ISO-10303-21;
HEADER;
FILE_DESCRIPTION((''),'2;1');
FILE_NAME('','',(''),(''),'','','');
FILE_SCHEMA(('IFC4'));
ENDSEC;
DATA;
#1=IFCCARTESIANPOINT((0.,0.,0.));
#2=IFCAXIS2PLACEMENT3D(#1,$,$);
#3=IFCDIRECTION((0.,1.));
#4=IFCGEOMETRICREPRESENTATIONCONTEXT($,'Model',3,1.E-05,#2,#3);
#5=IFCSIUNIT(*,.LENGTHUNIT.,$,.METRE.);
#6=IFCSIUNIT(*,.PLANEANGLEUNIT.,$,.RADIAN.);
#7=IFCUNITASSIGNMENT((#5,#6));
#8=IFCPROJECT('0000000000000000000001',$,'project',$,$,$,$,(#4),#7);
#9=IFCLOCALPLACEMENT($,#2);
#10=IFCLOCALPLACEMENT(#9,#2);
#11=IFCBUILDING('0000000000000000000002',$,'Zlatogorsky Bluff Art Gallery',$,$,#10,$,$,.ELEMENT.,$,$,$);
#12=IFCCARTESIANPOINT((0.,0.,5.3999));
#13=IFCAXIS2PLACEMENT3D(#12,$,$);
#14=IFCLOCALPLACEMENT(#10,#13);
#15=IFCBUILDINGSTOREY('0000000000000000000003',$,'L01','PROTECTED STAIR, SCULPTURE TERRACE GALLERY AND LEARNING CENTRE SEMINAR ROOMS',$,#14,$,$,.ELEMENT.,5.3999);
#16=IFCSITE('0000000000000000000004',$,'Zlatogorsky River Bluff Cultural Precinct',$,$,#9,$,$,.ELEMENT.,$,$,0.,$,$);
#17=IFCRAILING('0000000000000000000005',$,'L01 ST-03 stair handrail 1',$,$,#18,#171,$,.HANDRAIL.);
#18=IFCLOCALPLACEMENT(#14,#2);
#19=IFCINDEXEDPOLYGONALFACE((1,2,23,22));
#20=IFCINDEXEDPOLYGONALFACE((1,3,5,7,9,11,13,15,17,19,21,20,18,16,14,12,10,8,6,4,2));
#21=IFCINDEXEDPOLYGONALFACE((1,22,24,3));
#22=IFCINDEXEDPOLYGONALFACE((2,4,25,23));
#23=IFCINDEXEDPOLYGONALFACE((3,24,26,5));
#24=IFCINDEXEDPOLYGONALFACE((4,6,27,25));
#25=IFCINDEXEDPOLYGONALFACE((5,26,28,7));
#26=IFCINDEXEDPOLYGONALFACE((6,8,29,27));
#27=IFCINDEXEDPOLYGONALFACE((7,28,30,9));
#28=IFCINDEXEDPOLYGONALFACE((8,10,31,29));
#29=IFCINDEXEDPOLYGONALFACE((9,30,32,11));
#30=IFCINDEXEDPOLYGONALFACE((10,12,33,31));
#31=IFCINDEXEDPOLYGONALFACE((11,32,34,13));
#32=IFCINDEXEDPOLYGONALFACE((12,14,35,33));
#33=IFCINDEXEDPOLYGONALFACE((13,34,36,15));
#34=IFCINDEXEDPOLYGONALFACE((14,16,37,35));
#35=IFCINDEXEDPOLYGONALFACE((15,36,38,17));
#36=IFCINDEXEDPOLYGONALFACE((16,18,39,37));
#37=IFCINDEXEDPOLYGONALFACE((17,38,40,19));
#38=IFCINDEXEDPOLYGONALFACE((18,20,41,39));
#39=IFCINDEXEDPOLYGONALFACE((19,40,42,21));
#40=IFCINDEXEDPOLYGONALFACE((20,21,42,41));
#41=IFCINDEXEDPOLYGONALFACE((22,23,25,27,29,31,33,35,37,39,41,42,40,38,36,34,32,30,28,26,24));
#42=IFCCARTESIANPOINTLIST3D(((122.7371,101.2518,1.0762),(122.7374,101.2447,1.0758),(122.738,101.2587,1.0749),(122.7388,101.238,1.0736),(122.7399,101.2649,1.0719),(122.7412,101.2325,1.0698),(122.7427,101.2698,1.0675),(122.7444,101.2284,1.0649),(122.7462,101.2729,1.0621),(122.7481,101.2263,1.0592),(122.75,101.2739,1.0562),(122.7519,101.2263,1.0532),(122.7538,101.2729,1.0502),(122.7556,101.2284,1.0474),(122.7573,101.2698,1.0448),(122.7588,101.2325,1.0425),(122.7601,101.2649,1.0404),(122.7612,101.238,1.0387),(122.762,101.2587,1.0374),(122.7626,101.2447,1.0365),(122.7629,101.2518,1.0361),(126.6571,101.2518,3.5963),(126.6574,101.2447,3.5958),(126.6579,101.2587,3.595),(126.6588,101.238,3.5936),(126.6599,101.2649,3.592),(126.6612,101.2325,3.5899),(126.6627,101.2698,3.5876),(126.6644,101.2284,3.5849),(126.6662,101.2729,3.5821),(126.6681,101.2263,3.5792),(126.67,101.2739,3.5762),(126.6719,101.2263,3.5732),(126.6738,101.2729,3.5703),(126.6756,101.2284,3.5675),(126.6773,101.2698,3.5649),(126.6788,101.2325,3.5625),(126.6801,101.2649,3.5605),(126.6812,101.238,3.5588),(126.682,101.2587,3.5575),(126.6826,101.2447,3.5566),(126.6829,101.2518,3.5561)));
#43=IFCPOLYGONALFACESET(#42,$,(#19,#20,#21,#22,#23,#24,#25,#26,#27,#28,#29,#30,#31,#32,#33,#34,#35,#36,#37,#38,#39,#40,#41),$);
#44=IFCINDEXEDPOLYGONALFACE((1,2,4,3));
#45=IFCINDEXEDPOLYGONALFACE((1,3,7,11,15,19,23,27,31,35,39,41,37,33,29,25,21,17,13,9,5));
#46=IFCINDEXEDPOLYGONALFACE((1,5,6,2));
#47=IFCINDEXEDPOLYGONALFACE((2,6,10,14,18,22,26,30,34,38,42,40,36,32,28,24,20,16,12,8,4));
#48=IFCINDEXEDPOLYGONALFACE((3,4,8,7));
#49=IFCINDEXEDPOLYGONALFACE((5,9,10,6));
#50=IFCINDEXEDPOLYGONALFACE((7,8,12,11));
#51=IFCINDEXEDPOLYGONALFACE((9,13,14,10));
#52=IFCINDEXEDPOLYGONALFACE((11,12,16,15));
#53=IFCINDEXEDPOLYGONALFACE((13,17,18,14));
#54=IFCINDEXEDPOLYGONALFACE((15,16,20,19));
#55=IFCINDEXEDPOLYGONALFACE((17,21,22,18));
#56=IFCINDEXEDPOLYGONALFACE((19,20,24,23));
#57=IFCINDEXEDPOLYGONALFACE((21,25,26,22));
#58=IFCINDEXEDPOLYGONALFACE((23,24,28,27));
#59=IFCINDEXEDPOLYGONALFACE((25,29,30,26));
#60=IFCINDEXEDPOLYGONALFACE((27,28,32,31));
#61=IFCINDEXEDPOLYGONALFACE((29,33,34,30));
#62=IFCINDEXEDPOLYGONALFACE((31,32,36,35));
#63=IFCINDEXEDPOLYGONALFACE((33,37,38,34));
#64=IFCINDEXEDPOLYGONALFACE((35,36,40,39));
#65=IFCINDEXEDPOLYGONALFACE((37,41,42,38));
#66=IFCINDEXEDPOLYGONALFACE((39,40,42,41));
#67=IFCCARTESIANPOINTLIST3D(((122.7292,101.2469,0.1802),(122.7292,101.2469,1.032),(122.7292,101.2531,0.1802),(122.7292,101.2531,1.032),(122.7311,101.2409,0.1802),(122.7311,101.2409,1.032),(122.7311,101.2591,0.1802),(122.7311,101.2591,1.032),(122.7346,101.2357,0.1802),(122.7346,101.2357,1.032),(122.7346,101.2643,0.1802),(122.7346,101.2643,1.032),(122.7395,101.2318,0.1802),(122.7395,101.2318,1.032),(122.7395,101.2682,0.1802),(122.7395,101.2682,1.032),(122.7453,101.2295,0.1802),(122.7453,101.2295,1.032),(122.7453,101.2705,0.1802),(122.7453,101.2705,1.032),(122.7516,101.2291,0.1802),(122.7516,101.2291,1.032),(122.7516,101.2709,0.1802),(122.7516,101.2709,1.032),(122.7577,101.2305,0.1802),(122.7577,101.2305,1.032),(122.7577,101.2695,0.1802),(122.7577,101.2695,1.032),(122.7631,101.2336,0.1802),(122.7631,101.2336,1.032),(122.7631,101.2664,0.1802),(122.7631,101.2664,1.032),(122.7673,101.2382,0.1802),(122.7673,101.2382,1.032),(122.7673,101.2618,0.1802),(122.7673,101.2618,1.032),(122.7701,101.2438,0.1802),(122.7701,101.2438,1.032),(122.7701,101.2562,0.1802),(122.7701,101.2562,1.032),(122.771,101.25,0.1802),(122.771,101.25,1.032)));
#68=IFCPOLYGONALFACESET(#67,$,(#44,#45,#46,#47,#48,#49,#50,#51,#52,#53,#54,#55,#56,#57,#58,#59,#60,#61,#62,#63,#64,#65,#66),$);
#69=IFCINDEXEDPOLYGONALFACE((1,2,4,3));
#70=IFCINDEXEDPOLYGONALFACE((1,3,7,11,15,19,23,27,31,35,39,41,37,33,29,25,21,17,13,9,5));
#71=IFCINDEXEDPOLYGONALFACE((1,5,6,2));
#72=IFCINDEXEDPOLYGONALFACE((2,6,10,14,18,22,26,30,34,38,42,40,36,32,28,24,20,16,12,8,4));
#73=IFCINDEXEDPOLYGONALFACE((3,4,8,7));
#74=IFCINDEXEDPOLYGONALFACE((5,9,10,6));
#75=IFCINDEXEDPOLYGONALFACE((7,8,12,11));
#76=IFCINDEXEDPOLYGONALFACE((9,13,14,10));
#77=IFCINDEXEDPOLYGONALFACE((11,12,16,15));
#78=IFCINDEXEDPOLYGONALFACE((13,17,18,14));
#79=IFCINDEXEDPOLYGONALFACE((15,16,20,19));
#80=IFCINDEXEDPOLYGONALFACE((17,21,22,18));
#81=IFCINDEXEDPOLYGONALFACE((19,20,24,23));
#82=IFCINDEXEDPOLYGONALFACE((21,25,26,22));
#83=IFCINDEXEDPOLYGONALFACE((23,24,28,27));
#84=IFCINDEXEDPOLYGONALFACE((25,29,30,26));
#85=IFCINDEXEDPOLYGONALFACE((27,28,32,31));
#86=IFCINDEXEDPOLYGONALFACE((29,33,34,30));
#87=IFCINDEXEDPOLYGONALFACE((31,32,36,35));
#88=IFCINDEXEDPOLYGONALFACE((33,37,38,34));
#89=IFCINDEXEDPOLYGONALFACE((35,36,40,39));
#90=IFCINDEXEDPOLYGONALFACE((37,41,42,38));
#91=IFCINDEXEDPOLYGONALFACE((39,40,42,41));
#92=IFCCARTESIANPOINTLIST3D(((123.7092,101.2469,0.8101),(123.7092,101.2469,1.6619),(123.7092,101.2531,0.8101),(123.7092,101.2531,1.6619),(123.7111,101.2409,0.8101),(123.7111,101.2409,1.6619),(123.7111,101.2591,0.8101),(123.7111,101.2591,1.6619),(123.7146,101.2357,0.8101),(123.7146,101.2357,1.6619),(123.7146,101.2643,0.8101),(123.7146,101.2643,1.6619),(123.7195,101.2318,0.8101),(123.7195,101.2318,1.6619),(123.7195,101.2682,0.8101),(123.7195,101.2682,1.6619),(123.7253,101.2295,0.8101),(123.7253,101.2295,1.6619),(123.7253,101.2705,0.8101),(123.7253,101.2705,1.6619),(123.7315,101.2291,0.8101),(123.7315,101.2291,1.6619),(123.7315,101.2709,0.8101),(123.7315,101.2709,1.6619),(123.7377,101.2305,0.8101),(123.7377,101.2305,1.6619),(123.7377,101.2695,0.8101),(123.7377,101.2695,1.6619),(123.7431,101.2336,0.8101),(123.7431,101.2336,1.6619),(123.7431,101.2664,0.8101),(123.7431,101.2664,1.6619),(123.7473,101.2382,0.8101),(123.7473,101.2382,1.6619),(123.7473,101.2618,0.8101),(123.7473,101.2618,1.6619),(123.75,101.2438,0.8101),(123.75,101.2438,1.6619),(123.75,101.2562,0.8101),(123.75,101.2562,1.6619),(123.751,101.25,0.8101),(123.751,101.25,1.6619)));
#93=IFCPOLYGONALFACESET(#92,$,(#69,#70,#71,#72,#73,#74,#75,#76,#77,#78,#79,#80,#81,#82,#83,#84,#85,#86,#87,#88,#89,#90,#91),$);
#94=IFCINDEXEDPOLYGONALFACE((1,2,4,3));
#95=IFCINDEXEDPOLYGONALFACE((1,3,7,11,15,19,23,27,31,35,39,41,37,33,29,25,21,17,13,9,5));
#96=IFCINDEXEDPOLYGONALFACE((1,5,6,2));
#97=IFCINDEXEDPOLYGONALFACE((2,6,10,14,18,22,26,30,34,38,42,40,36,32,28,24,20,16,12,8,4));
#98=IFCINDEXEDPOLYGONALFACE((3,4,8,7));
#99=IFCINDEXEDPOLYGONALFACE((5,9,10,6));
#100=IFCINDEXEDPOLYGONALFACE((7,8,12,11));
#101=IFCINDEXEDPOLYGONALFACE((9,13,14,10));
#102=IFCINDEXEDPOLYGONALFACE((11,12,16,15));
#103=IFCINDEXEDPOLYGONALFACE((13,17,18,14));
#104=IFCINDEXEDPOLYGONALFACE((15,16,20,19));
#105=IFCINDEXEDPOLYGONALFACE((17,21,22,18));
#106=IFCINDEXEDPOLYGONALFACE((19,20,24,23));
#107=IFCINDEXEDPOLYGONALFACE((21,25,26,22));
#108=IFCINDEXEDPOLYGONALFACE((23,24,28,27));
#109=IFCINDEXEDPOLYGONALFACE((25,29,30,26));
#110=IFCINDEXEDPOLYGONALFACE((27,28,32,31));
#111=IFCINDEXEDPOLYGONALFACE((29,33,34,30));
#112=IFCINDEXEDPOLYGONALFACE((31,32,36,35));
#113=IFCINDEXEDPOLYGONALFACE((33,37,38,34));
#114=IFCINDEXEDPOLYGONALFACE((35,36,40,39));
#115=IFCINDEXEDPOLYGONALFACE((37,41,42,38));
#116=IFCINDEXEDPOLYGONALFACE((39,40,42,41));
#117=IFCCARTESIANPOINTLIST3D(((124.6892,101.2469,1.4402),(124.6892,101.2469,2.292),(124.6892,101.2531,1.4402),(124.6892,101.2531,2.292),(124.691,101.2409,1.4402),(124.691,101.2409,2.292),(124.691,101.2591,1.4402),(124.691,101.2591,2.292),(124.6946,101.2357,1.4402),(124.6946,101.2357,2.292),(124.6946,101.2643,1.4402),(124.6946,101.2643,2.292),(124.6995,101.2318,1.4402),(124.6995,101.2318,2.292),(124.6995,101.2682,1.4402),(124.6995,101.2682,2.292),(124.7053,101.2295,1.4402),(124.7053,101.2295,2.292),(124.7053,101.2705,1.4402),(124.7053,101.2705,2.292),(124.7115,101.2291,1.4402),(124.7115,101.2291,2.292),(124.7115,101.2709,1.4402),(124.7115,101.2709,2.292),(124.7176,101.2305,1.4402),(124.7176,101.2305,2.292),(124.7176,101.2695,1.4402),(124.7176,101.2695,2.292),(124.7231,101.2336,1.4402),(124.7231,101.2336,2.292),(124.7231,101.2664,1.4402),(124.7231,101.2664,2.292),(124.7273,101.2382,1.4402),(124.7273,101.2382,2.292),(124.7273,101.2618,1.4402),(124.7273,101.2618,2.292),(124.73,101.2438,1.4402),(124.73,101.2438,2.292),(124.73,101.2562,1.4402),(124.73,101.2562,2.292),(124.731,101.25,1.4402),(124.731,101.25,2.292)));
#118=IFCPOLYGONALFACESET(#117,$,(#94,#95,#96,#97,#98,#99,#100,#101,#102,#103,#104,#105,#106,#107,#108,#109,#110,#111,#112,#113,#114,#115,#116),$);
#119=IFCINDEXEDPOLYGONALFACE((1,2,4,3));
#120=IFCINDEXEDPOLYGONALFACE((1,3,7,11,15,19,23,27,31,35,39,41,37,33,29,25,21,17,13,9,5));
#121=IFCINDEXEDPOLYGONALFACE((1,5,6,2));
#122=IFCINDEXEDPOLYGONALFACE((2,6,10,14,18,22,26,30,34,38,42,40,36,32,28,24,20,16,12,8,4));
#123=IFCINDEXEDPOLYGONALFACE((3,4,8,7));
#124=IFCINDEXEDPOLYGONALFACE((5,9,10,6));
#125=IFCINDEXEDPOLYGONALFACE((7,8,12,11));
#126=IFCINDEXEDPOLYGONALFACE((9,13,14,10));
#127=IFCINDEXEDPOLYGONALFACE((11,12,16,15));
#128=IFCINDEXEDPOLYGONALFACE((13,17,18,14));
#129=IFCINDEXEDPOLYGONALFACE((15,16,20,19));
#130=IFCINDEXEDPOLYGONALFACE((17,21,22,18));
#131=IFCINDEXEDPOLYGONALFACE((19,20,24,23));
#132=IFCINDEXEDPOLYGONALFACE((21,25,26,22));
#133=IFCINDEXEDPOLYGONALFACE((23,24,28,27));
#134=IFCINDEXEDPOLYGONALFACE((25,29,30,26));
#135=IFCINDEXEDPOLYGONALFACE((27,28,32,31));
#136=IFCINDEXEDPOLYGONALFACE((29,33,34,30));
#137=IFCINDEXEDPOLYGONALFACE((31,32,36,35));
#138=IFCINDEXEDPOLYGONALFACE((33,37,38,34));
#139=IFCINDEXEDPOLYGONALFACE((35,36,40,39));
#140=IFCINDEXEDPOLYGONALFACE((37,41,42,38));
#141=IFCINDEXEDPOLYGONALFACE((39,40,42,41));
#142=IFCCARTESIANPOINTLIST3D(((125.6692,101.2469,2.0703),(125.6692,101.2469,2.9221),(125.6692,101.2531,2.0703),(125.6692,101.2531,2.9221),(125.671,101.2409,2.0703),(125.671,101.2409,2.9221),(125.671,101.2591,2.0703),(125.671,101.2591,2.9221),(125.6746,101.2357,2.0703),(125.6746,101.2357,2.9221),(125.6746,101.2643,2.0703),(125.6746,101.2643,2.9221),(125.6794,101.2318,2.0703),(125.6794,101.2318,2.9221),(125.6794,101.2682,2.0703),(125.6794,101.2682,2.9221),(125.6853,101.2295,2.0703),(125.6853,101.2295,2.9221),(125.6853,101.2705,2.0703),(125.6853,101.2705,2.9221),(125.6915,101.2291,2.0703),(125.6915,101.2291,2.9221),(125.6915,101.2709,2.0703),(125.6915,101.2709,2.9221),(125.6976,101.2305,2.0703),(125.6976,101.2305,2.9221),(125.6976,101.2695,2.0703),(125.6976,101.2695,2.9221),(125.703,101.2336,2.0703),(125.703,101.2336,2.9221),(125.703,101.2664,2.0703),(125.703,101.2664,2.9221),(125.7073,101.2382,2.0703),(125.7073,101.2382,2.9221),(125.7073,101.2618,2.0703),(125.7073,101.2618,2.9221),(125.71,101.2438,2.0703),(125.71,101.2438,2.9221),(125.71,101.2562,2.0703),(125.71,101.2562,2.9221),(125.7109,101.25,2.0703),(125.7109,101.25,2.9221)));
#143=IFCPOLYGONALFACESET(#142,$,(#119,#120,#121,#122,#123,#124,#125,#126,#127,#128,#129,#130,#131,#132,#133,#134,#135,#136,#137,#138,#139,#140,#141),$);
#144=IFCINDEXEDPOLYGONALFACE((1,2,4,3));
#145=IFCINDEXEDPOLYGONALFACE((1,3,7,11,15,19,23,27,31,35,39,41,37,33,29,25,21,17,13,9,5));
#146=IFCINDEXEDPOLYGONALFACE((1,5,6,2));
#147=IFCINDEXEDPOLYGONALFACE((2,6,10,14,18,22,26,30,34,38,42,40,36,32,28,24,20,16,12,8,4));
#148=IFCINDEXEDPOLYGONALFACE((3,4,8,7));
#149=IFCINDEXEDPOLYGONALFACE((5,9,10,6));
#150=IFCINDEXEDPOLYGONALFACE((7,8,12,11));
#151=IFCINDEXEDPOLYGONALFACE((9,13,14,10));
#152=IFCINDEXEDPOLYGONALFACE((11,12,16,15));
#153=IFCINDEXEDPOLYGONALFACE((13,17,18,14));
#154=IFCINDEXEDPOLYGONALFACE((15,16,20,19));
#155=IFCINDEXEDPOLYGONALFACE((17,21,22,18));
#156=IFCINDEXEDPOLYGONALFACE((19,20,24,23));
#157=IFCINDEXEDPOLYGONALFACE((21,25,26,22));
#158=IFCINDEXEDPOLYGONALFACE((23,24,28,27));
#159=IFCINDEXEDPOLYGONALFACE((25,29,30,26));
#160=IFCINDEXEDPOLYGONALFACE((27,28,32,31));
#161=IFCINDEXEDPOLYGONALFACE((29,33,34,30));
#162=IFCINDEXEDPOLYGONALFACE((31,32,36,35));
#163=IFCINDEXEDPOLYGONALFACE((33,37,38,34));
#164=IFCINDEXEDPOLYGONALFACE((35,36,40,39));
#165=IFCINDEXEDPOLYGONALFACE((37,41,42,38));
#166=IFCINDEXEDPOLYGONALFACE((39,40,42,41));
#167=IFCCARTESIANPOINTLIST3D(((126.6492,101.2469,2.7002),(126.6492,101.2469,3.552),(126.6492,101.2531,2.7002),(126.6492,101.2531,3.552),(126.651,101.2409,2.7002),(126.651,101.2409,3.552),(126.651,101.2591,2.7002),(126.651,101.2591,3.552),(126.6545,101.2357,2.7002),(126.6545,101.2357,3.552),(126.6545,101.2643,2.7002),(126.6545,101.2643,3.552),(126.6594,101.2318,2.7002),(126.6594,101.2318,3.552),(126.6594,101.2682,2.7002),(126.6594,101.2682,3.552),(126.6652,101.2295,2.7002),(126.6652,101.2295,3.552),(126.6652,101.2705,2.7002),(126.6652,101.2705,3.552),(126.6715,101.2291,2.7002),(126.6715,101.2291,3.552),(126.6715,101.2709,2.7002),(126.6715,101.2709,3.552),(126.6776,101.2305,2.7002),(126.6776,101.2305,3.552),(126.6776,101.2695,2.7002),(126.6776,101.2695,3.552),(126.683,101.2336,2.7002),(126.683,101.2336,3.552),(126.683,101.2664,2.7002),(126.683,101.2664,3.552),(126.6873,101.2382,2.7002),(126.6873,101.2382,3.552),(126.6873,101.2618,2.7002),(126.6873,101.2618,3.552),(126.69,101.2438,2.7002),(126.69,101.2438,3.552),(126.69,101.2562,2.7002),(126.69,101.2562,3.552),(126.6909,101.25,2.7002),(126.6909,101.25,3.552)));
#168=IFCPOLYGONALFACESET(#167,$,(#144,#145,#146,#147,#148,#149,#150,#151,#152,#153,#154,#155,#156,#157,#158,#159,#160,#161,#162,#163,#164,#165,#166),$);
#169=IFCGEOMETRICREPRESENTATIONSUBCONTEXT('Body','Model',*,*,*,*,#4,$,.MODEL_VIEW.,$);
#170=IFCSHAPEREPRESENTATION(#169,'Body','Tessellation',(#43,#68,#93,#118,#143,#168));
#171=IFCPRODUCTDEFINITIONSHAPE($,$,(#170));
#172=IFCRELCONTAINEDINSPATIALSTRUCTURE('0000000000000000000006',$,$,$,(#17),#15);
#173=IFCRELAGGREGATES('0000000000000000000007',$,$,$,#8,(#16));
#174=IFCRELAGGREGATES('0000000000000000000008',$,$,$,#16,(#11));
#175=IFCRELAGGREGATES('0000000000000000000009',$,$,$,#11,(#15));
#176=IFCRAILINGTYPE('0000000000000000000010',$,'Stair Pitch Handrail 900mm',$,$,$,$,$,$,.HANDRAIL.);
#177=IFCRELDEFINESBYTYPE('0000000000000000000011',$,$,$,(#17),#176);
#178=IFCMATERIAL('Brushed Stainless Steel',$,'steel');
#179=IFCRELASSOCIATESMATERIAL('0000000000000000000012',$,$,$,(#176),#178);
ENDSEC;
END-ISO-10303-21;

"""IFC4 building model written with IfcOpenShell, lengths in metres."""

from ifc_helpers import new_model, si_unit, direction, frame, origin, origin_2d, place, context, subcontext, project, spatial, circle, extrude, material, type_object, element, save


model = new_model("IFC4")

# Units and contexts
model_context = context("Model", 3, precision=1e-05, world=origin(), true_north=direction((0.0, 1.0)))
body_context = subcontext(model_context, "Body", "Model", "MODEL_VIEW")
ifc_project = project(units=[si_unit("LENGTHUNIT", "METRE"), si_unit("PLANEANGLEUNIT", "RADIAN")], contexts=[model_context])

# Site, building, storey
site_placement = place(None, origin())
site = spatial("IfcSite", under=ifc_project, at=site_placement, Name="Zlatogorsky River Bluff Cultural Precinct", CompositionType="ELEMENT", RefElevation=0.0)
building_placement = place(site_placement, origin())
building = spatial("IfcBuilding", under=site, at=building_placement, Name="Zlatogorsky Bluff Art Gallery", CompositionType="ELEMENT")
storey_placement = place(building_placement, frame((0.0, 0.0, 5.3999)))
storey = spatial("IfcBuildingStorey", under=building, at=storey_placement, Name="L01", Description="PROTECTED STAIR, SCULPTURE TERRACE GALLERY AND LEARNING CENTRE SEMINAR ROOMS", CompositionType="ELEMENT", Elevation=5.3999)

# Railing
ifc_material_1 = material(Name="Brushed Stainless Steel", Category="steel")
railing_type_1 = type_object("IfcRailingType", Name="Stair Pitch Handrail 900mm", PredefinedType="HANDRAIL", material=ifc_material_1)
railing_1_placement = place(storey_placement, frame((122.75, 101.25, 0.1802)))
element("IfcRailing", 1, at=railing_1_placement, inside=storey, type_object=railing_type_1, Name="L01 ST-03 stair handrail 1", PredefinedType="HANDRAIL", context=body_context, shape_type="SweptSolid", body=[
    extrude(circle(Radius=0.0239, at=origin_2d()), frame((0.0, 0.0, 0.876), z_axis=(0.841172, 0.0, 0.540768), x_axis=(0.0, 1.0, 0.0)), (0.0, 0.0, 1.0), 4.6602),
    extrude(circle(Radius=0.021, at=origin_2d()), origin(), (0.0, 0.0, 1.0), 0.8518),
    extrude(circle(Radius=0.021, at=origin_2d()), frame((0.98, 0.0, 0.6299)), (0.0, 0.0, 1.0), 0.8518),
    extrude(circle(Radius=0.021, at=origin_2d()), frame((1.96, 0.0, 1.26)), (0.0, 0.0, 1.0), 0.8518),
    extrude(circle(Radius=0.021, at=origin_2d()), frame((2.9399, 0.0, 1.8901)), (0.0, 0.0, 1.0), 0.8518),
    extrude(circle(Radius=0.021, at=origin_2d()), frame((3.9199, 0.0, 2.52)), (0.0, 0.0, 1.0), 0.8518),
])

save(model, "model.ifc")
